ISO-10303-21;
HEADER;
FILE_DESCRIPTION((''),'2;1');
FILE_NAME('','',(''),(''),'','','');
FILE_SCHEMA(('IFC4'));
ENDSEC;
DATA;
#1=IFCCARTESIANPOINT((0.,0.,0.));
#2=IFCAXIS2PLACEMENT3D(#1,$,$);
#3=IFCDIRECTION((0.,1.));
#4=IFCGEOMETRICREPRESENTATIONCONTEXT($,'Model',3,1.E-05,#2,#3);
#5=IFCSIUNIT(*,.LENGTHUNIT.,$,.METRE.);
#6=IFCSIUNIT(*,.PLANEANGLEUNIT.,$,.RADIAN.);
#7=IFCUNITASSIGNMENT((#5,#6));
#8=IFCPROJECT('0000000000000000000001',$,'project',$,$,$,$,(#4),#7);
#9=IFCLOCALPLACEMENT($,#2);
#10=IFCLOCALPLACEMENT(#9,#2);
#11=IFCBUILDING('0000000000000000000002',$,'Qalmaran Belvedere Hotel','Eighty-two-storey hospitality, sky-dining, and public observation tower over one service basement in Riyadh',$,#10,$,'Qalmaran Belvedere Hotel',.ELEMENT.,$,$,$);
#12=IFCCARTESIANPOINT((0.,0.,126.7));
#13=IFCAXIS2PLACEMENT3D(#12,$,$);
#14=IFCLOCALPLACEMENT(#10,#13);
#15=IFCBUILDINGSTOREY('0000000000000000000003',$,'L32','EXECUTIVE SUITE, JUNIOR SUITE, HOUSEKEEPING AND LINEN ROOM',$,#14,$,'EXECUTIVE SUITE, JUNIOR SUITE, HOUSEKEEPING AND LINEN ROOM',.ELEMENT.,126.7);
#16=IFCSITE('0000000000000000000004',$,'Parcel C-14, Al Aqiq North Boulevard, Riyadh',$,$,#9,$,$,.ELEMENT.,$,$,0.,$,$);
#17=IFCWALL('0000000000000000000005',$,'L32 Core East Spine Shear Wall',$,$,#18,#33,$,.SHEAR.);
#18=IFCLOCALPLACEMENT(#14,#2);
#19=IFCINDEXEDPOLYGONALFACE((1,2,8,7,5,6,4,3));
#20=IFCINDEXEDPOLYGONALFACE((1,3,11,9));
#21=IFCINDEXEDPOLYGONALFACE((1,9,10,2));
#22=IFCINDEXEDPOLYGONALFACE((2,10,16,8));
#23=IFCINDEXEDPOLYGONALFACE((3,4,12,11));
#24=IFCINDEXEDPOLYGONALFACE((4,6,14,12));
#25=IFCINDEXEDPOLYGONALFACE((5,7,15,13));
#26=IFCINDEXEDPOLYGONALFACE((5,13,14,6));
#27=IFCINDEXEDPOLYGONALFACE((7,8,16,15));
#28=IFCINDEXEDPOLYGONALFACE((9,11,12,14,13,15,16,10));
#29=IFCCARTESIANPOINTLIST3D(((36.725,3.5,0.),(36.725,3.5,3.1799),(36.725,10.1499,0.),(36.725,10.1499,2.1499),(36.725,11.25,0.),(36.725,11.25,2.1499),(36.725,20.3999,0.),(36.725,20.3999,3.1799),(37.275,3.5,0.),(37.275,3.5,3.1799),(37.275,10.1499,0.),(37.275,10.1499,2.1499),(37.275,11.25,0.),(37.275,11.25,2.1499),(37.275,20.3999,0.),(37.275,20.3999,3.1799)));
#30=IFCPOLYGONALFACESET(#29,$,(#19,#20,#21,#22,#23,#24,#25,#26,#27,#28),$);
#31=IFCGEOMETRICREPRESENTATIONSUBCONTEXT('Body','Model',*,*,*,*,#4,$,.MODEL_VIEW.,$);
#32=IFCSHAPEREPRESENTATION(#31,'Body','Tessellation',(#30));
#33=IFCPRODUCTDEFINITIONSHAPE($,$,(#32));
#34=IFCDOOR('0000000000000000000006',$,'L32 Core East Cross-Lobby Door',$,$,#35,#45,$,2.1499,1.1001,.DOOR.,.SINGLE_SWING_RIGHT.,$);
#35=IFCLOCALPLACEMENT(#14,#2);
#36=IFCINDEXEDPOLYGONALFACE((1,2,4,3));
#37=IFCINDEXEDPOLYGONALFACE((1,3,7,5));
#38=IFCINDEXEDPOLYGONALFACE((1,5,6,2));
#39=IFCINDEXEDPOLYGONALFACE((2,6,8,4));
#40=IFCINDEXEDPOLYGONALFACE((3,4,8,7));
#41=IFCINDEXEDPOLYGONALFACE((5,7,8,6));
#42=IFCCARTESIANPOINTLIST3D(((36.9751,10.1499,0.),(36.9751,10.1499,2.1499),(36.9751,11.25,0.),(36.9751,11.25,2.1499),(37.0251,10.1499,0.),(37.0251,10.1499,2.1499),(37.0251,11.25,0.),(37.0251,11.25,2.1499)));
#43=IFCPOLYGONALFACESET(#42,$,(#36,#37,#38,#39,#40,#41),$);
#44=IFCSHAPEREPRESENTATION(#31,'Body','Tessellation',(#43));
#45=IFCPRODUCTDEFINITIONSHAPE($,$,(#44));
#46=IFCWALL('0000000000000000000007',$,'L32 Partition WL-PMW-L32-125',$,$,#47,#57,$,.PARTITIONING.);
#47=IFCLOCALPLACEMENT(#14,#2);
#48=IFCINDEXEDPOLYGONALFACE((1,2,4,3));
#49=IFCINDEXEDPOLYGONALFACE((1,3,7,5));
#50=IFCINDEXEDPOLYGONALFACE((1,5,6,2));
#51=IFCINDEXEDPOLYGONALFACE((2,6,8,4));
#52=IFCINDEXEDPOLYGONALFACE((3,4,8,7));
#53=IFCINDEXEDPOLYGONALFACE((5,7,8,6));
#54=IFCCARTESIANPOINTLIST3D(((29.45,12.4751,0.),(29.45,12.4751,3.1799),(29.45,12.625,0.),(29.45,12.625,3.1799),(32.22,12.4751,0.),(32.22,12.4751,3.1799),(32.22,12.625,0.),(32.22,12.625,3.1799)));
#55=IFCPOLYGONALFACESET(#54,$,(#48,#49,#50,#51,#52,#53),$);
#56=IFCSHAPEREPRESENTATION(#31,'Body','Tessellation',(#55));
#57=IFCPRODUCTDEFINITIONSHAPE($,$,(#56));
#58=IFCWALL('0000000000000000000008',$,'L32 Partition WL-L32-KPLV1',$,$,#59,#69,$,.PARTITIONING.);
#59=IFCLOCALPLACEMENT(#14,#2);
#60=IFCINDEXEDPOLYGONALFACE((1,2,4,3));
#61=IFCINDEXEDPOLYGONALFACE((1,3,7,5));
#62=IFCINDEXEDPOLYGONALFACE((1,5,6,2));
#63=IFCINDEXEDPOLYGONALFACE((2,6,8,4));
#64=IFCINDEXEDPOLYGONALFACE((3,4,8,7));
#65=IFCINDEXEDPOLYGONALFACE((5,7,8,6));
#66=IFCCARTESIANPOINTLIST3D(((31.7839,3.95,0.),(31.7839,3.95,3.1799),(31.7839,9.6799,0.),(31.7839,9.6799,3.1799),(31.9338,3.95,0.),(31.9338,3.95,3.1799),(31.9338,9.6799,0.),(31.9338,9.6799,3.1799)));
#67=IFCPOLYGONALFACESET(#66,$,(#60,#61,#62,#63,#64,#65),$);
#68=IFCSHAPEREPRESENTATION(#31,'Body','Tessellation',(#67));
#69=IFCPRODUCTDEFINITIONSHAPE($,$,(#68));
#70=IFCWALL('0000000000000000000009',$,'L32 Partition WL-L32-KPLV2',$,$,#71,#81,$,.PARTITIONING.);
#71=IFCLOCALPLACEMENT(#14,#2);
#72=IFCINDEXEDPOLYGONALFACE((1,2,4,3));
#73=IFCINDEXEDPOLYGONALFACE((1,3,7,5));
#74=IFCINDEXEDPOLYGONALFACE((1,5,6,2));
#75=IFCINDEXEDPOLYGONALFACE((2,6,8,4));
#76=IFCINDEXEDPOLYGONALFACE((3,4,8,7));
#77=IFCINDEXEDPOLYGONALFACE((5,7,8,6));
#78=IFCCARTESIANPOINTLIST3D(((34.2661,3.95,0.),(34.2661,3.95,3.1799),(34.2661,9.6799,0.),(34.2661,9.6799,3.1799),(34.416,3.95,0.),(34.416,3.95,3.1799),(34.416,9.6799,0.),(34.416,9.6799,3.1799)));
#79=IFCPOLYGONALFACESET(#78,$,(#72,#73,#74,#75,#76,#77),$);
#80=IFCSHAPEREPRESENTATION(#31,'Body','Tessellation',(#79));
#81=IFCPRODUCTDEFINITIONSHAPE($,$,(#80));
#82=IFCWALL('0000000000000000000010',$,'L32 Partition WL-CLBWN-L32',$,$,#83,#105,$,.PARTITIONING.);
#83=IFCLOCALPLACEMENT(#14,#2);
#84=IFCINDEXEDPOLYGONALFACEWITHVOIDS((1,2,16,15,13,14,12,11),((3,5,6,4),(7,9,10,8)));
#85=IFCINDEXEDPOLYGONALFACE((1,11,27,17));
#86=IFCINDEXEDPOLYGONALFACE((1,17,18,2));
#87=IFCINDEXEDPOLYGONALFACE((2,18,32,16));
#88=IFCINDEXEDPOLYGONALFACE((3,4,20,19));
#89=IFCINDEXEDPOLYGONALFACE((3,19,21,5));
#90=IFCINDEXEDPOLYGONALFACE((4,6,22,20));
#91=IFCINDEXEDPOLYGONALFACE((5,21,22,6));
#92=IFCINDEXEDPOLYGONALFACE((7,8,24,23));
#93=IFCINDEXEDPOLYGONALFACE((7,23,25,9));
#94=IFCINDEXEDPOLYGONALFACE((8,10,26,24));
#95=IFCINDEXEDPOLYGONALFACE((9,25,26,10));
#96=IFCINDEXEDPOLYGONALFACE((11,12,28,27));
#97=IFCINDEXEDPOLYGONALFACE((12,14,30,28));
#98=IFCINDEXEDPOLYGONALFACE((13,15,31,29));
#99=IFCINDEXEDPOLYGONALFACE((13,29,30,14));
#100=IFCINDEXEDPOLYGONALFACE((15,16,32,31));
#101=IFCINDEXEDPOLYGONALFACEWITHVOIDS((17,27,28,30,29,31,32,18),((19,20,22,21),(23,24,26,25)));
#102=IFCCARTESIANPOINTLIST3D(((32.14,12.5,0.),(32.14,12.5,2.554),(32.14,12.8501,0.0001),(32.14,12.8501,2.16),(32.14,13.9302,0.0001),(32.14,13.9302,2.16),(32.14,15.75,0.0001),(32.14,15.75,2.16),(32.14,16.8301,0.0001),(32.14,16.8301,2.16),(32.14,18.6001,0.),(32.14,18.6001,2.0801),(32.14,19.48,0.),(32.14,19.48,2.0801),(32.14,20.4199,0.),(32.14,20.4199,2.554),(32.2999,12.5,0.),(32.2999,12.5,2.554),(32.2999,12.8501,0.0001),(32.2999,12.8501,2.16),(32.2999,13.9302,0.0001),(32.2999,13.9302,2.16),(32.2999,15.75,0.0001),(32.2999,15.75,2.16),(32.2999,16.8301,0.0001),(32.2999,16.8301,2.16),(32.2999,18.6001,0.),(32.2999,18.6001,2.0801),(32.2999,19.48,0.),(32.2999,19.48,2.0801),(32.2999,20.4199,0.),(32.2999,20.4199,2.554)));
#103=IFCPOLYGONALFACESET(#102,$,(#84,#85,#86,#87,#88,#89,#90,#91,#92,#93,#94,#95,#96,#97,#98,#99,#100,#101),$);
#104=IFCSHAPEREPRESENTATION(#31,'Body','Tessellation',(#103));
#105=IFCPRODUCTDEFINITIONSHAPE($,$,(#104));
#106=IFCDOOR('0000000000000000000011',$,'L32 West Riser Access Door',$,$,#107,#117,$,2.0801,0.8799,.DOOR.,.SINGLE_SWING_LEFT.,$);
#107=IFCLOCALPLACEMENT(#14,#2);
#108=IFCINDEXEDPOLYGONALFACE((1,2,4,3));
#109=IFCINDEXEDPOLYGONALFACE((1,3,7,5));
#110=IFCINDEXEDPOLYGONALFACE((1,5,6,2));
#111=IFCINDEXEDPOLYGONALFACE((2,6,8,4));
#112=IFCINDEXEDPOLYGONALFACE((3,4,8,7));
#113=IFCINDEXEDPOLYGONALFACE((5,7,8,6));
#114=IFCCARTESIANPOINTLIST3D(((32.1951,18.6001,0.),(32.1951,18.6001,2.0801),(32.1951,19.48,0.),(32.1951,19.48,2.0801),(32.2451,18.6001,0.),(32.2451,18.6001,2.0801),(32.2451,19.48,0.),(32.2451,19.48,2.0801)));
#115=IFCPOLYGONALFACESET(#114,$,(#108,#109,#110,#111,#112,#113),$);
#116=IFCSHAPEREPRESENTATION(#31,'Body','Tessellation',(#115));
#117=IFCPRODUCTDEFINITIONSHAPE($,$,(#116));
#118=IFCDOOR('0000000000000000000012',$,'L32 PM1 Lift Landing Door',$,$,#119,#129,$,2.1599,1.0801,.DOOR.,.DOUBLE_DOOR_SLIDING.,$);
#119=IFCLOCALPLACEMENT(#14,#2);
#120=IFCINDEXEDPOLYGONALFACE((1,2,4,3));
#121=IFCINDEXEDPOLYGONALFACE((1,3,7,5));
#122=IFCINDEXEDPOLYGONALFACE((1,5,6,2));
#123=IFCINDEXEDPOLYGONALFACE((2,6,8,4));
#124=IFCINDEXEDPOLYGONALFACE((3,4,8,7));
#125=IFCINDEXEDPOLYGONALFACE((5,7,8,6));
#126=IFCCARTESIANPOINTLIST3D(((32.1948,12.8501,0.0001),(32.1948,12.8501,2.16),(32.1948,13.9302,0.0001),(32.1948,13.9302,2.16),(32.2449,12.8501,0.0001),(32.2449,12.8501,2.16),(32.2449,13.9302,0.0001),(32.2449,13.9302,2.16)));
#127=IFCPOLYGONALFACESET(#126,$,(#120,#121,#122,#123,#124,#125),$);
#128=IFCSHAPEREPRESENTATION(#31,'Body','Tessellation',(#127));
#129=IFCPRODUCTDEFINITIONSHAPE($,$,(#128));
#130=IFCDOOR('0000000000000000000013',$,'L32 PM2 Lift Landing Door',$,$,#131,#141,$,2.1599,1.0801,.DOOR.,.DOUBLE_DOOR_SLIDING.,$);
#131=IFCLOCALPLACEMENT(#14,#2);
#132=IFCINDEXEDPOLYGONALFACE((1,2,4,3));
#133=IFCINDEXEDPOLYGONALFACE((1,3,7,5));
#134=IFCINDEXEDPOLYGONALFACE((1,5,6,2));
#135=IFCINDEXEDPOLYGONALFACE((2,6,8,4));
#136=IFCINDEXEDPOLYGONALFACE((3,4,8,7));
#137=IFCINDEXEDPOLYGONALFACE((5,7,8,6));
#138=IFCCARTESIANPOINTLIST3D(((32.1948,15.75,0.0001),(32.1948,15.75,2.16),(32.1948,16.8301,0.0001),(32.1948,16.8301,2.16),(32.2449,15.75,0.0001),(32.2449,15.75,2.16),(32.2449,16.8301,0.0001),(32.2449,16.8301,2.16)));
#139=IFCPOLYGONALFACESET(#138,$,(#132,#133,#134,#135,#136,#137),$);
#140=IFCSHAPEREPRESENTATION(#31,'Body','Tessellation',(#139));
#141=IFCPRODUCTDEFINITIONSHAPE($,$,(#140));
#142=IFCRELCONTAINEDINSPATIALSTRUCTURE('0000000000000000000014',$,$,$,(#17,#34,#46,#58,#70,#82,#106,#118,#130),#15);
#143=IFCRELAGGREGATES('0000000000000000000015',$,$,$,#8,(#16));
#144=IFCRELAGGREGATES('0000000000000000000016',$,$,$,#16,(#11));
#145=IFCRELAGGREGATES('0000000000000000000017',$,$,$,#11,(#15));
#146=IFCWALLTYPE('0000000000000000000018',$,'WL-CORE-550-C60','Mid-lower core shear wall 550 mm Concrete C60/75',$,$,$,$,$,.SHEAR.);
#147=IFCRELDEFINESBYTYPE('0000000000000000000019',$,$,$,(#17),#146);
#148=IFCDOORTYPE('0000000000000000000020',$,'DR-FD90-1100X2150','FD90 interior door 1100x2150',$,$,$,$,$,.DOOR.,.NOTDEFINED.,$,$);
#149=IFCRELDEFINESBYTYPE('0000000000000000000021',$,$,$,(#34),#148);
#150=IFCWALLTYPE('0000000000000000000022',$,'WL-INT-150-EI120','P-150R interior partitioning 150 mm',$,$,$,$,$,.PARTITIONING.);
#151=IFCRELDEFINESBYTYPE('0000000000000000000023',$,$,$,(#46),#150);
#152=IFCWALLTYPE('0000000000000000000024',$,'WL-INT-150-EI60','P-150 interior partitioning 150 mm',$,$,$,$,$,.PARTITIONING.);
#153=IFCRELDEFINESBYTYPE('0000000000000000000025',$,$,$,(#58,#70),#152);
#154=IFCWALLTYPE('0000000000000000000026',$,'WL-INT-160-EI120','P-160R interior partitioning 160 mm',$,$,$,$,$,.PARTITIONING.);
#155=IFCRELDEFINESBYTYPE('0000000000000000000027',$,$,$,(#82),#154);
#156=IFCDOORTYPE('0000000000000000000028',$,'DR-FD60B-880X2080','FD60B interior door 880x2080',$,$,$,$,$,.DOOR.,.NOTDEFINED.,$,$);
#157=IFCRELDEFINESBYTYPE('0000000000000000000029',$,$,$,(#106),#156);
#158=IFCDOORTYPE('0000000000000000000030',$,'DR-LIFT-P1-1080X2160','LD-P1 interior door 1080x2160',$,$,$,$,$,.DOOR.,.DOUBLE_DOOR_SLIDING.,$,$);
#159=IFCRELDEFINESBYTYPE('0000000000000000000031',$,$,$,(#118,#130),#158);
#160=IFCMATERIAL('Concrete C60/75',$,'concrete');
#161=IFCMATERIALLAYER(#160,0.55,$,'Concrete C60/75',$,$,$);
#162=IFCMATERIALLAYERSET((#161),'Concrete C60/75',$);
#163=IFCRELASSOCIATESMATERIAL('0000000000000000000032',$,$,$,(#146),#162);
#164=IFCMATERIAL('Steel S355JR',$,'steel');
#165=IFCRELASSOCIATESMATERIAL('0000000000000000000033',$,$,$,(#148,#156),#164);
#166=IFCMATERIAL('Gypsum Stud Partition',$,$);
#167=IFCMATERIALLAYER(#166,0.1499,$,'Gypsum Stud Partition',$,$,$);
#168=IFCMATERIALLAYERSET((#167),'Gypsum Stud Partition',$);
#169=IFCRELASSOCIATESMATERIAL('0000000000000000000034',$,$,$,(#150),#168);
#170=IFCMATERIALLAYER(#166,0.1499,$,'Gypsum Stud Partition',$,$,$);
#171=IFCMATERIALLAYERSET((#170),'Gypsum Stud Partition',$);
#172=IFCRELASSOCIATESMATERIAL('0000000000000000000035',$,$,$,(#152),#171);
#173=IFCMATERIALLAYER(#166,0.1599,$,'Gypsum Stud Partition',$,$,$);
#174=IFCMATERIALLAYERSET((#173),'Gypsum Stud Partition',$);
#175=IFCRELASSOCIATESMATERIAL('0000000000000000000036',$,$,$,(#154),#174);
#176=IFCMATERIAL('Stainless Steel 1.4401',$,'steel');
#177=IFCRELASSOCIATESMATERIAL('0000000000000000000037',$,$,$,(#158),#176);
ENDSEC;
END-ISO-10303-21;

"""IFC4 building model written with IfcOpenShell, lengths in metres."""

from ifc_helpers import new_model, si_unit, direction, frame, frame_2d, origin, place, context, subcontext, project, spatial, rectangle, extrude, material, layer, layer_set, type_object, element, fill, save


model = new_model("IFC4")

# Units and contexts
model_context = context("Model", 3, precision=1e-05, world=origin(), true_north=direction((0.0, 1.0)))
body_context = subcontext(model_context, "Body", "Model", "MODEL_VIEW")
ifc_project = project(units=[si_unit("LENGTHUNIT", "METRE"), si_unit("PLANEANGLEUNIT", "RADIAN")], contexts=[model_context])

# Site, building, storey
site_placement = place(None, origin())
site = spatial("IfcSite", under=ifc_project, at=site_placement, Name="Parcel C-14, Al Aqiq North Boulevard, Riyadh", CompositionType="ELEMENT", RefElevation=0.0)
building_placement = place(site_placement, origin())
building = spatial("IfcBuilding", under=site, at=building_placement, Name="Qalmaran Belvedere Hotel", Description="Eighty-two-storey hospitality, sky-dining, and public observation tower over one service basement in Riyadh", LongName="Qalmaran Belvedere Hotel", CompositionType="ELEMENT")
storey_placement = place(building_placement, frame((0.0, 0.0, 126.7)))
storey = spatial("IfcBuildingStorey", under=building, at=storey_placement, Name="L32", Description="EXECUTIVE SUITE, JUNIOR SUITE, HOUSEKEEPING AND LINEN ROOM", LongName="EXECUTIVE SUITE, JUNIOR SUITE, HOUSEKEEPING AND LINEN ROOM", CompositionType="ELEMENT", Elevation=126.7)

# Wall, opening, door
ifc_material_1 = material(Name="Concrete C60/75", Category="concrete")
ifc_layer_1 = layer(ifc_material_1, 0.55, Name="Concrete C60/75")
ifc_layer_set_1 = layer_set([ifc_layer_1], Name="Concrete C60/75")
wall_type_1 = type_object("IfcWallType", Name="WL-CORE-550-C60", Description="Mid-lower core shear wall 550 mm Concrete C60/75", PredefinedType="SHEAR", material=ifc_layer_set_1)
wall_1_placement = place(storey_placement, frame((37.0, 3.5, 0.0), z_axis=(0.0, 0.0, 1.0), x_axis=(0.0, 1.0, 0.0)))
wall_1 = element("IfcWall", 1, at=wall_1_placement, inside=storey, type_object=wall_type_1, Name="L32 Core East Spine Shear Wall", PredefinedType="SHEAR", context=body_context, shape_type="SweptSolid", body=[
    extrude(rectangle(XDim=16.8999, YDim=0.55, at=frame_2d((8.45, 0.0))), origin(), (0.0, 0.0, 1.0), 3.1799),
])
opening_1_placement = place(wall_1_placement, frame((6.6499, 0.0, 0.0)))
opening_1 = element("IfcOpeningElement", 2, at=opening_1_placement, cuts=wall_1, PredefinedType="OPENING", context=body_context, shape_type="SweptSolid", body=[
    extrude(rectangle(XDim=1.1001, YDim=2.1499, at=frame_2d((0.55, 1.075))), frame((0.0, 0.2852, 0.0), z_axis=(0.0, -1.0, 0.0), x_axis=(1.0, 0.0, 0.0)), (0.0, 0.0, 1.0), 0.5701),
])
ifc_material_2 = material(Name="Steel S355JR", Category="steel")
door_type_1 = type_object("IfcDoorType", Name="DR-FD90-1100X2150", Description="FD90 interior door 1100x2150", OperationType="NOTDEFINED", PredefinedType="DOOR", material=ifc_material_2)
door_1_placement = place(opening_1_placement, origin())
door_1 = element("IfcDoor", 3, at=door_1_placement, inside=storey, type_object=door_type_1, Name="L32 Core East Cross-Lobby Door", OperationType="SINGLE_SWING_RIGHT", OverallHeight=2.1499, OverallWidth=1.1001, PredefinedType="DOOR", context=body_context, shape_type="SweptSolid", body=[
    extrude(rectangle(XDim=1.1001, YDim=2.1499, at=frame_2d((0.55, 1.075))), frame((0.0, 0.0249, 0.0), z_axis=(0.0, -1.0, 0.0), x_axis=(1.0, 0.0, 0.0)), (0.0, 0.0, 1.0), 0.05),
])
fill(opening_1, door_1)

# Walls
ifc_material_3 = material(Name="Gypsum Stud Partition")
ifc_layer_2 = layer(ifc_material_3, 0.1499, Name="Gypsum Stud Partition")
ifc_layer_set_2 = layer_set([ifc_layer_2], Name="Gypsum Stud Partition")
wall_type_2 = type_object("IfcWallType", Name="WL-INT-150-EI120", Description="P-150R interior partitioning 150 mm", PredefinedType="PARTITIONING", material=ifc_layer_set_2)
wall_2_placement = place(storey_placement, frame((29.45, 12.55, 0.0), z_axis=(0.0, 0.0, 1.0), x_axis=(1.0, 0.0, 0.0)))
element("IfcWall", 4, at=wall_2_placement, inside=storey, type_object=wall_type_2, Name="L32 Partition WL-PMW-L32-125", PredefinedType="PARTITIONING", context=body_context, shape_type="SweptSolid", body=[
    extrude(rectangle(XDim=2.77, YDim=0.1499, at=frame_2d((1.385, 0.0))), origin(), (0.0, 0.0, 1.0), 3.1799),
])
ifc_layer_3 = layer(ifc_material_3, 0.1499, Name="Gypsum Stud Partition")
ifc_layer_set_3 = layer_set([ifc_layer_3], Name="Gypsum Stud Partition")
wall_type_3 = type_object("IfcWallType", Name="WL-INT-150-EI60", Description="P-150 interior partitioning 150 mm", PredefinedType="PARTITIONING", material=ifc_layer_set_3)
for number, where, z_axis, x_axis, name in (
    (5, (31.8589, 3.95, 0.0), (0.0, 0.0, 1.0), (0.0, 1.0, 0.0), "L32 Partition WL-L32-KPLV1"),
    (6, (34.3411, 3.95, 0.0), (0.0, 0.0, 1.0), (0.0, 1.0, 0.0), "L32 Partition WL-L32-KPLV2"),
):
    element("IfcWall", number, at=place(storey_placement, frame(where, z_axis=z_axis, x_axis=x_axis)), inside=storey, type_object=wall_type_3, Name=name, PredefinedType="PARTITIONING", context=body_context, shape_type="SweptSolid", body=[
        extrude(rectangle(XDim=5.73, YDim=0.1499, at=frame_2d((2.865, 0.0))), origin(), (0.0, 0.0, 1.0), 3.1799),
    ])

# Wall, openings, doors
ifc_layer_4 = layer(ifc_material_3, 0.1599, Name="Gypsum Stud Partition")
ifc_layer_set_4 = layer_set([ifc_layer_4], Name="Gypsum Stud Partition")
wall_type_4 = type_object("IfcWallType", Name="WL-INT-160-EI120", Description="P-160R interior partitioning 160 mm", PredefinedType="PARTITIONING", material=ifc_layer_set_4)
wall_3_placement = place(storey_placement, frame((32.22, 12.5, 0.0), z_axis=(0.0, 0.0, 1.0), x_axis=(0.0, 1.0, 0.0)))
wall_3 = element("IfcWall", 7, at=wall_3_placement, inside=storey, type_object=wall_type_4, Name="L32 Partition WL-CLBWN-L32", PredefinedType="PARTITIONING", context=body_context, shape_type="SweptSolid", body=[
    extrude(rectangle(XDim=7.9199, YDim=0.1599, at=frame_2d((3.96, 0.0))), origin(), (0.0, 0.0, 1.0), 2.554),
])
opening_2_placement = place(wall_3_placement, frame((1.4302, 0.0, 0.0), z_axis=(0.0, 0.0, 1.0), x_axis=(-1.0, 0.0, 0.0)))
opening_2 = element("IfcOpeningElement", 8, at=opening_2_placement, cuts=wall_3, PredefinedType="OPENING", context=body_context, shape_type="SweptSolid", body=[
    extrude(rectangle(XDim=1.0801, YDim=2.1599, at=frame_2d((0.54, 1.0801))), frame((0.0, 0.0898, 0.0), z_axis=(0.0, -1.0, 0.0), x_axis=(1.0, 0.0, 0.0)), (0.0, 0.0, 1.0), 0.1799),
])
opening_3_placement = place(wall_3_placement, frame((4.3301, 0.0, 0.0), z_axis=(0.0, 0.0, 1.0), x_axis=(-1.0, 0.0, 0.0)))
opening_3 = element("IfcOpeningElement", 9, at=opening_3_placement, cuts=wall_3, PredefinedType="OPENING", context=body_context, shape_type="SweptSolid", body=[
    extrude(rectangle(XDim=1.0801, YDim=2.1599, at=frame_2d((0.54, 1.0801))), frame((0.0, 0.0898, 0.0), z_axis=(0.0, -1.0, 0.0), x_axis=(1.0, 0.0, 0.0)), (0.0, 0.0, 1.0), 0.1799),
])
opening_4_placement = place(wall_3_placement, frame((6.1001, 0.0, 0.0)))
opening_4 = element("IfcOpeningElement", 10, at=opening_4_placement, cuts=wall_3, PredefinedType="OPENING", context=body_context, shape_type="SweptSolid", body=[
    extrude(rectangle(XDim=0.8799, YDim=2.0801, at=frame_2d((0.4399, 1.04))), frame((0.0, 0.0898, 0.0), z_axis=(0.0, -1.0, 0.0), x_axis=(1.0, 0.0, 0.0)), (0.0, 0.0, 1.0), 0.1799),
])
door_type_2 = type_object("IfcDoorType", Name="DR-FD60B-880X2080", Description="FD60B interior door 880x2080", OperationType="NOTDEFINED", PredefinedType="DOOR", material=ifc_material_2)
door_2_placement = place(opening_4_placement, origin())
door_2 = element("IfcDoor", 11, at=door_2_placement, inside=storey, type_object=door_type_2, Name="L32 West Riser Access Door", OperationType="SINGLE_SWING_LEFT", OverallHeight=2.0801, OverallWidth=0.8799, PredefinedType="DOOR", context=body_context, shape_type="SweptSolid", body=[
    extrude(rectangle(XDim=0.8799, YDim=2.0801, at=frame_2d((0.4399, 1.04))), frame((0.0, 0.0249, 0.0), z_axis=(0.0, -1.0, 0.0), x_axis=(1.0, 0.0, 0.0)), (0.0, 0.0, 1.0), 0.05),
])
fill(opening_4, door_2)
ifc_material_4 = material(Name="Stainless Steel 1.4401", Category="steel")
door_type_3 = type_object("IfcDoorType", Name="DR-LIFT-P1-1080X2160", Description="LD-P1 interior door 1080x2160", OperationType="DOUBLE_DOOR_SLIDING", PredefinedType="DOOR", material=ifc_material_4)
door_3_placement = place(opening_2_placement, origin())
door_3 = element("IfcDoor", 12, at=door_3_placement, inside=storey, type_object=door_type_3, Name="L32 PM1 Lift Landing Door", OperationType="DOUBLE_DOOR_SLIDING", OverallHeight=2.1599, OverallWidth=1.0801, PredefinedType="DOOR", context=body_context, shape_type="SweptSolid", body=[
    extrude(rectangle(XDim=1.0801, YDim=2.1599, at=frame_2d((0.54, 1.0801))), frame((0.0, 0.0249, 0.0), z_axis=(0.0, -1.0, 0.0), x_axis=(1.0, 0.0, 0.0)), (0.0, 0.0, 1.0), 0.05),
])
fill(opening_2, door_3)
door_4_placement = place(opening_3_placement, origin())
door_4 = element("IfcDoor", 13, at=door_4_placement, inside=storey, type_object=door_type_3, Name="L32 PM2 Lift Landing Door", OperationType="DOUBLE_DOOR_SLIDING", OverallHeight=2.1599, OverallWidth=1.0801, PredefinedType="DOOR", context=body_context, shape_type="SweptSolid", body=[
    extrude(rectangle(XDim=1.0801, YDim=2.1599, at=frame_2d((0.54, 1.0801))), frame((0.0, 0.0249, 0.0), z_axis=(0.0, -1.0, 0.0), x_axis=(1.0, 0.0, 0.0)), (0.0, 0.0, 1.0), 0.05),
])
fill(opening_3, door_4)

save(model, "model.ifc")
